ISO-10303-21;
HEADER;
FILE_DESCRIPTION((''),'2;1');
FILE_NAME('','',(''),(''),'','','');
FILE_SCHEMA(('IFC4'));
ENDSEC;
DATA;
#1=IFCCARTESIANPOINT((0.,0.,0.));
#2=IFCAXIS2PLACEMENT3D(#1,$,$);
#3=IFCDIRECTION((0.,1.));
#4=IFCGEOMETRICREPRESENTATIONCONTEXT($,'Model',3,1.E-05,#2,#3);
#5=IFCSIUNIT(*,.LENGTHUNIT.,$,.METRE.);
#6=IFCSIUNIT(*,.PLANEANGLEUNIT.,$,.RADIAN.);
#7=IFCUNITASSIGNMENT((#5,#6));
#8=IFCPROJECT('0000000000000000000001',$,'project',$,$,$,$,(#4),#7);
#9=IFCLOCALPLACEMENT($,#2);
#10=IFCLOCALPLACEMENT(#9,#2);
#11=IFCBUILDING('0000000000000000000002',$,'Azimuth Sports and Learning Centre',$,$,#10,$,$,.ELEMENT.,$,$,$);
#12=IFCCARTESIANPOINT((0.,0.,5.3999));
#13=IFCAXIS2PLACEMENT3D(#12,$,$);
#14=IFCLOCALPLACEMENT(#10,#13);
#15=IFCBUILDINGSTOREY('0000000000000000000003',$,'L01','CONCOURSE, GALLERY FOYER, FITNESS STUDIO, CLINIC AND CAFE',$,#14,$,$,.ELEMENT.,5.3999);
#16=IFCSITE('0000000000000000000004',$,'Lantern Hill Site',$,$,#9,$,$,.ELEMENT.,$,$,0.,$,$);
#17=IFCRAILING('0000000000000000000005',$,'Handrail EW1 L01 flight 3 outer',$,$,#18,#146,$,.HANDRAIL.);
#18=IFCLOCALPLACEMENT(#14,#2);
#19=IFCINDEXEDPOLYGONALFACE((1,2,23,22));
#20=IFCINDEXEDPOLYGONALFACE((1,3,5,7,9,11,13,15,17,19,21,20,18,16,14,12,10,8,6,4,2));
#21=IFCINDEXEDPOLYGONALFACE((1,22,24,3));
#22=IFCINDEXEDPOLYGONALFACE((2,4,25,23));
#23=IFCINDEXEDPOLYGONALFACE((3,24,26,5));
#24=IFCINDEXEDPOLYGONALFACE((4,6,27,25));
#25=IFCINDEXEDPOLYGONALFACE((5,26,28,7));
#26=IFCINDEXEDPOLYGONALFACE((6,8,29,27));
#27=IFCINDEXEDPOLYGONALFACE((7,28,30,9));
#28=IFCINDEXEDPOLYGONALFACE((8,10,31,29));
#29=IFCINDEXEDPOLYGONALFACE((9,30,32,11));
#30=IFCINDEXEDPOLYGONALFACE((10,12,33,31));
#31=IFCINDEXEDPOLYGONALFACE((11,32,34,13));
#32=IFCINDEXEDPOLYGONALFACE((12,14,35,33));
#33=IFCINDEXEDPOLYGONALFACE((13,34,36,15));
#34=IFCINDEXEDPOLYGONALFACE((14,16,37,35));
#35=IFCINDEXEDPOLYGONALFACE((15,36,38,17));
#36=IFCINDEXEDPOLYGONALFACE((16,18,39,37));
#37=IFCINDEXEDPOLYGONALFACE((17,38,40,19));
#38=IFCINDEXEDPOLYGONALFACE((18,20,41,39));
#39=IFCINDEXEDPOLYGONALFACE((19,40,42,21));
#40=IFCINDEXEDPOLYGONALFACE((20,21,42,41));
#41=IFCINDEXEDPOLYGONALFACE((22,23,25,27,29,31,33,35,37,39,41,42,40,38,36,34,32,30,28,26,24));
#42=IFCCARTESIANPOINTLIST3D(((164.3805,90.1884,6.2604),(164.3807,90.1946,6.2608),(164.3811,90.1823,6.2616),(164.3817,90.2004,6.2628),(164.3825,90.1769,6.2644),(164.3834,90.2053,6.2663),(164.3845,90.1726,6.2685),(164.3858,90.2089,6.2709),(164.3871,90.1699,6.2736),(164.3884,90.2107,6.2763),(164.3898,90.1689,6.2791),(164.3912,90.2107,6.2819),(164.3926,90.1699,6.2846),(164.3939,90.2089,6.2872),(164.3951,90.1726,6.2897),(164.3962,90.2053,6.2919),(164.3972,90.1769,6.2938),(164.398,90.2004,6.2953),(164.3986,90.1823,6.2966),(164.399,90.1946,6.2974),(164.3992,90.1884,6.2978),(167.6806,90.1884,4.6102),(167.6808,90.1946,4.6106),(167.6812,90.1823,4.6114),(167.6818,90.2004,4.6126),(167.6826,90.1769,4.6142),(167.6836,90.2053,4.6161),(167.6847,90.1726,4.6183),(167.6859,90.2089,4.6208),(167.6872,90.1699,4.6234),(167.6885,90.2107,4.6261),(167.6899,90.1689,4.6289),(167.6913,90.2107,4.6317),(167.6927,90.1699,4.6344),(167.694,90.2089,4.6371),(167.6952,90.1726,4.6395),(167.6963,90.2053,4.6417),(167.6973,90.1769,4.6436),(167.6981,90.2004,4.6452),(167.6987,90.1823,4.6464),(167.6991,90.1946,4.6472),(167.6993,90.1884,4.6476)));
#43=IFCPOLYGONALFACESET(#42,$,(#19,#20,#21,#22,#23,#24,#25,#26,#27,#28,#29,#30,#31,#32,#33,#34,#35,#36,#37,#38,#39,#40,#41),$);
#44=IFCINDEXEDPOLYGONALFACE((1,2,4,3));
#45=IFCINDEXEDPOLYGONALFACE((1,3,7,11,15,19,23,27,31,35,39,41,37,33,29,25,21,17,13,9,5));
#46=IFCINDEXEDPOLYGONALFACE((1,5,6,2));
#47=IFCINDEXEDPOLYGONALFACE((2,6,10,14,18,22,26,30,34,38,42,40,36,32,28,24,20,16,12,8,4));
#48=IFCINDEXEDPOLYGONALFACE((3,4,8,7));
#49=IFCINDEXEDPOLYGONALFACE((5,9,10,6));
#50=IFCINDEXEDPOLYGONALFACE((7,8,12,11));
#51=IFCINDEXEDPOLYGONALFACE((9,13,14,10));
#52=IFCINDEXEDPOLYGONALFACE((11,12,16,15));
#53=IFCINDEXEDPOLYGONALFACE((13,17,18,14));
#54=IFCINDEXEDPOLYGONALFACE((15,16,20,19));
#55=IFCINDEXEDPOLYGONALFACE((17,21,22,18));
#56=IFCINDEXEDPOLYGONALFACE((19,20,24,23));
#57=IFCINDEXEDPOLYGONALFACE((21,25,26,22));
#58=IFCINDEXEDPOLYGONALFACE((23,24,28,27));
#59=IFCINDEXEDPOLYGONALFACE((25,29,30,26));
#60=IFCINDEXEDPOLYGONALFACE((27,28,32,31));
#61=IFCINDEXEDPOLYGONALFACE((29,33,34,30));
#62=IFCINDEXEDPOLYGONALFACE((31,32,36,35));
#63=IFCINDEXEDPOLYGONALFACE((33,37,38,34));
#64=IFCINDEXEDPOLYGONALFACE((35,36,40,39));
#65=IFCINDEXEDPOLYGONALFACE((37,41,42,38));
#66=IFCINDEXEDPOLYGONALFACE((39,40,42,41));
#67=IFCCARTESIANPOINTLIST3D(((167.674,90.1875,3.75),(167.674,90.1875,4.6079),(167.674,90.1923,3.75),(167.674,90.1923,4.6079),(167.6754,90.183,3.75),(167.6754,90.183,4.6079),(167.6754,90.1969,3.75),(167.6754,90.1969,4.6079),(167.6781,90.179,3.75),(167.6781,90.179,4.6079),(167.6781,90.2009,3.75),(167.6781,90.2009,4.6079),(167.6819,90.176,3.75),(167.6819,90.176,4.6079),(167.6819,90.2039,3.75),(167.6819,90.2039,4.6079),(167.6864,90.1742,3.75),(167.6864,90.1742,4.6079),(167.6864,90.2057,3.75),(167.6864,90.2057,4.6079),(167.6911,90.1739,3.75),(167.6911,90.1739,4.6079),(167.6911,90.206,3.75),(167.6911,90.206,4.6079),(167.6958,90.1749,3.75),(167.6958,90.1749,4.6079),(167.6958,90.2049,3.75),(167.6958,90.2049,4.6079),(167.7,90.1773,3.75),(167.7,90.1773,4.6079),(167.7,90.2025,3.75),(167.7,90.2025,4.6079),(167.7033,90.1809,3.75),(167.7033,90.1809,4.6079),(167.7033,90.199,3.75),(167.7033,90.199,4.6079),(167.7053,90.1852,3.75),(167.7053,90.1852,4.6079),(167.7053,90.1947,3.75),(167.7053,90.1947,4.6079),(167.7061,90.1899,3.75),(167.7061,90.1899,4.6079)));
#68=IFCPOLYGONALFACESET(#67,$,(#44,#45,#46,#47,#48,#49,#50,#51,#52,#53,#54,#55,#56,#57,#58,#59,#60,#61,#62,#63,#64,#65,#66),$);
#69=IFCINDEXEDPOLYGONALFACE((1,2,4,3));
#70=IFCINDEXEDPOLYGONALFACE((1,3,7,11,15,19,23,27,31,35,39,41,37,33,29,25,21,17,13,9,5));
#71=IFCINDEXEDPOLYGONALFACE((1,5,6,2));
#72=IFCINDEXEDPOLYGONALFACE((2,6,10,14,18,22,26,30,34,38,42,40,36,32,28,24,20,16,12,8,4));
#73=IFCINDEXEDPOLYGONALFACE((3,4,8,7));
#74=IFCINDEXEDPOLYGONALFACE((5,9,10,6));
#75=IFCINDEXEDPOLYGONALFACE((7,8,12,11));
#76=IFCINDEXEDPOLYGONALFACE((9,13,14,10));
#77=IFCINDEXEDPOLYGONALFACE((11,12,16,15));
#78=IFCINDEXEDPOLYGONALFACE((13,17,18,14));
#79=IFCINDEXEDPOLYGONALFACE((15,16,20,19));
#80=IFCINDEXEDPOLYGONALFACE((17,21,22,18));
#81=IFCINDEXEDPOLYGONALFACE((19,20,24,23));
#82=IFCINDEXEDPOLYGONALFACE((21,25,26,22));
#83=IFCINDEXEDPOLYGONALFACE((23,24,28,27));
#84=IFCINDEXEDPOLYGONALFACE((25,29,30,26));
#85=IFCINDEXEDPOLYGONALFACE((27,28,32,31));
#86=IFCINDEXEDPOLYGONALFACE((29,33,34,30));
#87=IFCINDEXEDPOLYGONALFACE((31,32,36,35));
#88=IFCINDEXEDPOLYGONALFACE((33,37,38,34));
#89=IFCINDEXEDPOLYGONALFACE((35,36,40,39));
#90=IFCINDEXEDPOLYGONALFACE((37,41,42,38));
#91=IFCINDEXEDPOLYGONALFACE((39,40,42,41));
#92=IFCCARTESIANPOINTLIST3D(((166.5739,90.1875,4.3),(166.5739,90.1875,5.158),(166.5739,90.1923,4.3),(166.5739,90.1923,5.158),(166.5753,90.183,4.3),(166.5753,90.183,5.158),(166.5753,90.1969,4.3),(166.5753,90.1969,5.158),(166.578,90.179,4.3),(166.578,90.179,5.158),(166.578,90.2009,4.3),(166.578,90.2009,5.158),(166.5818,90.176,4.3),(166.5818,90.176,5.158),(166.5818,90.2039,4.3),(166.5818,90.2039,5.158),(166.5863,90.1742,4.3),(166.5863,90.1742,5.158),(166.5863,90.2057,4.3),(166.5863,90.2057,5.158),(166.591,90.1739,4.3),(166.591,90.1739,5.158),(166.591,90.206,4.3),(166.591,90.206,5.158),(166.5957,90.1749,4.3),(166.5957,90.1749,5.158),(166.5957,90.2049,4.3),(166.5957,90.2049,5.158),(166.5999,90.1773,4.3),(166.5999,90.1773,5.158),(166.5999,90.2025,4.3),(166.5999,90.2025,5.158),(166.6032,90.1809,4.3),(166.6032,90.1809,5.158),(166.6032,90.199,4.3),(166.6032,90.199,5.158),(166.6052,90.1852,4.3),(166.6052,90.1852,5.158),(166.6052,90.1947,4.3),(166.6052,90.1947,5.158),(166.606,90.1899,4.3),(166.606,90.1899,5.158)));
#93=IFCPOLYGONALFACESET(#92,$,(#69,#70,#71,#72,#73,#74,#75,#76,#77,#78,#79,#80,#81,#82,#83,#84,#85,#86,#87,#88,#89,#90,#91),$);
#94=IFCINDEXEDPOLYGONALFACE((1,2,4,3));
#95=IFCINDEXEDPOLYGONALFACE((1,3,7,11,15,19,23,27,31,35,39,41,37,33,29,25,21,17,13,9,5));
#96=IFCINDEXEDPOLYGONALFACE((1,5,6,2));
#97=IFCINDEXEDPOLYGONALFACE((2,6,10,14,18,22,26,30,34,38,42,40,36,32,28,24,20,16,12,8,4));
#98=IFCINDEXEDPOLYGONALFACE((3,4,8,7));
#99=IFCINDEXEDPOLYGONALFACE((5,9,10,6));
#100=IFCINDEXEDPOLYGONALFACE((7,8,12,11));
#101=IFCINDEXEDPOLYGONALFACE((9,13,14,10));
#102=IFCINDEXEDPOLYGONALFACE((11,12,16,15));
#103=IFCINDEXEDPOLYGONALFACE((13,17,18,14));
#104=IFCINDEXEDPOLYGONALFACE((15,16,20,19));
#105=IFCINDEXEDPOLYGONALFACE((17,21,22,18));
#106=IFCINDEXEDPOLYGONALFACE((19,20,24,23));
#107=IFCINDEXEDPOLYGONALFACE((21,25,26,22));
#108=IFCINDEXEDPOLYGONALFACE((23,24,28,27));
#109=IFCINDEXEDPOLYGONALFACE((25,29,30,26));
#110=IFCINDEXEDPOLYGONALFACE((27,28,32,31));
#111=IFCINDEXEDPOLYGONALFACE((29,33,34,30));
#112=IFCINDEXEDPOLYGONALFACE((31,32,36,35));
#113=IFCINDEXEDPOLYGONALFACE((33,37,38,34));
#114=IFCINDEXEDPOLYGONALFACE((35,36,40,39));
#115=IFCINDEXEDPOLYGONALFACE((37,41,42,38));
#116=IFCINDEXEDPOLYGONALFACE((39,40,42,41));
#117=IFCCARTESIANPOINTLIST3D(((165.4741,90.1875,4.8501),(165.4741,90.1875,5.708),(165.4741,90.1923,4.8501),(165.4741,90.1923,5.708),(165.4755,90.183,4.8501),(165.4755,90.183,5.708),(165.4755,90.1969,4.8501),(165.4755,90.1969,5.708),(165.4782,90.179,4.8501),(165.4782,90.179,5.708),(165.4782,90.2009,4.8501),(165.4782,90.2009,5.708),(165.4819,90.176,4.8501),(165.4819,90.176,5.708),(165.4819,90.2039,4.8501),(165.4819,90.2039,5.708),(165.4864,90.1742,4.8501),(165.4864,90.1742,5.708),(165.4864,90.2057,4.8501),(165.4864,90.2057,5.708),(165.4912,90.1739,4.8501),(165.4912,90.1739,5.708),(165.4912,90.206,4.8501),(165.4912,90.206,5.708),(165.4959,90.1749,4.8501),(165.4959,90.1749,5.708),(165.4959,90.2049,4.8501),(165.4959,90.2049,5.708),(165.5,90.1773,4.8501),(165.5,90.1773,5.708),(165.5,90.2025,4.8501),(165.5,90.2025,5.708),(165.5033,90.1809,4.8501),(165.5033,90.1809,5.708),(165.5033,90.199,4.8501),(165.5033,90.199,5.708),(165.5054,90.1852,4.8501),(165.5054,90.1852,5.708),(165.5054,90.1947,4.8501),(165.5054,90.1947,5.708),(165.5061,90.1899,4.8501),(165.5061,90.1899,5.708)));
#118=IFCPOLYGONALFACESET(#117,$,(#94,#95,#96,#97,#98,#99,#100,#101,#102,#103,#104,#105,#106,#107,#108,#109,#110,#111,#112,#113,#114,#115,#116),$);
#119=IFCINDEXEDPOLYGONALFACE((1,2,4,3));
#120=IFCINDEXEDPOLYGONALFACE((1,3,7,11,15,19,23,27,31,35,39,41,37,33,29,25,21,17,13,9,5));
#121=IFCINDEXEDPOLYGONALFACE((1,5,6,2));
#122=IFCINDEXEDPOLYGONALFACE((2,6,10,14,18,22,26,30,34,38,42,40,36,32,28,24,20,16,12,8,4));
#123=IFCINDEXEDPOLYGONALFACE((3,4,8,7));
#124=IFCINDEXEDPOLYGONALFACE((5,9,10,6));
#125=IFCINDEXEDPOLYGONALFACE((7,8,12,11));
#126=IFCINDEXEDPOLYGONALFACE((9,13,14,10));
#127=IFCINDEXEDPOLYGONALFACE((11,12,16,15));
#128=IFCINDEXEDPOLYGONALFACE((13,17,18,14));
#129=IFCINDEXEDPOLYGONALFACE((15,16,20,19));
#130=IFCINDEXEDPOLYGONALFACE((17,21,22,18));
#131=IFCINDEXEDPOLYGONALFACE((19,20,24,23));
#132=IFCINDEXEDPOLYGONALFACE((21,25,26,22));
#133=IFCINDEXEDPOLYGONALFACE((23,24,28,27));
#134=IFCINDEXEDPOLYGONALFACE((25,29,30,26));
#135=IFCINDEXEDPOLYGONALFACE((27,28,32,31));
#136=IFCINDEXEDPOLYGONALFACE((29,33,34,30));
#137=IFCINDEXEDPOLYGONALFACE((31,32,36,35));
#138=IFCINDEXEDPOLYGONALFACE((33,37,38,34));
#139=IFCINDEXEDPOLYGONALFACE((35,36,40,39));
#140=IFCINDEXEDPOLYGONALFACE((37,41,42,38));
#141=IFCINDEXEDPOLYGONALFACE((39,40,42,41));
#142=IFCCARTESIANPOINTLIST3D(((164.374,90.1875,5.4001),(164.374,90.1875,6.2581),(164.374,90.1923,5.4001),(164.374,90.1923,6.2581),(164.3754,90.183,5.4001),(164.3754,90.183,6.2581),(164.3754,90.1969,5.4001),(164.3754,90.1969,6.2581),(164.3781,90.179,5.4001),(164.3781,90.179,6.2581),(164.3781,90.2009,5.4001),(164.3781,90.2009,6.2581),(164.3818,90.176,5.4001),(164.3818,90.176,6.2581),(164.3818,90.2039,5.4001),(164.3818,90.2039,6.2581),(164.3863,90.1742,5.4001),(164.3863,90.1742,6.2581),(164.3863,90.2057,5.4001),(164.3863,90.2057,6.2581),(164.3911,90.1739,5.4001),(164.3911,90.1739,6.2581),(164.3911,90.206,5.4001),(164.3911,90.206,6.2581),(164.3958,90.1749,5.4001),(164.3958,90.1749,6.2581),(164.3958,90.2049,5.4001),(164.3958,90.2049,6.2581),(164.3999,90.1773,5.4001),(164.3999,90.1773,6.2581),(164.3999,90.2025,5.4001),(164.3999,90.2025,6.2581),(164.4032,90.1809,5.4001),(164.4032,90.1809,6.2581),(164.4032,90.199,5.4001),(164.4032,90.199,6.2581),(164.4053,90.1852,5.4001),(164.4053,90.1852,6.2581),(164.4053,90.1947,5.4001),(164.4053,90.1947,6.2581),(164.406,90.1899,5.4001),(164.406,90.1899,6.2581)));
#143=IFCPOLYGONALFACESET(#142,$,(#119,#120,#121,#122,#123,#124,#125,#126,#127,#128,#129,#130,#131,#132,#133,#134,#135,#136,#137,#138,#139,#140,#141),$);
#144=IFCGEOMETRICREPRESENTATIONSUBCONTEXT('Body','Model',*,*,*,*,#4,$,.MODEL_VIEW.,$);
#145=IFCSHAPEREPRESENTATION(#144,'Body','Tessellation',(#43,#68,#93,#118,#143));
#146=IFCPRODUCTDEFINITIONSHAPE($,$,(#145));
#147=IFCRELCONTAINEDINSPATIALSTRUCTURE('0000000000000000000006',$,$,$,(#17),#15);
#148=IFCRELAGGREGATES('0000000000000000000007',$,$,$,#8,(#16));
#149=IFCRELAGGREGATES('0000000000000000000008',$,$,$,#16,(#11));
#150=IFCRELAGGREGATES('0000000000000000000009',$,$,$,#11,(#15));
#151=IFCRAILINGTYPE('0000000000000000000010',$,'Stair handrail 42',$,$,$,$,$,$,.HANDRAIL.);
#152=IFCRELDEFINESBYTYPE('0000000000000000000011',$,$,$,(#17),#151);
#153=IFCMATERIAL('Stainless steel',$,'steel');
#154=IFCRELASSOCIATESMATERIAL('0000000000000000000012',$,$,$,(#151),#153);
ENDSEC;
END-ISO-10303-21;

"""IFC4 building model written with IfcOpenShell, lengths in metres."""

from ifc_helpers import new_model, si_unit, direction, frame, origin, origin_2d, place, context, subcontext, project, spatial, circle, extrude, material, type_object, element, save


model = new_model("IFC4")

# Units and contexts
model_context = context("Model", 3, precision=1e-05, world=origin(), true_north=direction((0.0, 1.0)))
body_context = subcontext(model_context, "Body", "Model", "MODEL_VIEW")
ifc_project = project(units=[si_unit("LENGTHUNIT", "METRE"), si_unit("PLANEANGLEUNIT", "RADIAN")], contexts=[model_context])

# Site, building, storey
site_placement = place(None, origin())
site = spatial("IfcSite", under=ifc_project, at=site_placement, Name="Lantern Hill Site", CompositionType="ELEMENT", RefElevation=0.0)
building_placement = place(site_placement, origin())
building = spatial("IfcBuilding", under=site, at=building_placement, Name="Azimuth Sports and Learning Centre", CompositionType="ELEMENT")
storey_placement = place(building_placement, frame((0.0, 0.0, 5.3999)))
storey = spatial("IfcBuildingStorey", under=building, at=storey_placement, Name="L01", Description="CONCOURSE, GALLERY FOYER, FITNESS STUDIO, CLINIC AND CAFE", CompositionType="ELEMENT", Elevation=5.3999)

# Railing
ifc_material_1 = material(Name="Stainless steel", Category="steel")
railing_type = type_object("IfcRailingType", Name="Stair handrail 42", PredefinedType="HANDRAIL", material=ifc_material_1)
for number, where, name in (
    (1, (167.6899, 90.1899, 3.75), "Handrail EW1 L01 flight 3 outer"),
):
    element("IfcRailing", number, at=place(storey_placement, frame(where)), inside=storey, type_object=railing_type, Name=name, PredefinedType="HANDRAIL", context=body_context, shape_type="SweptSolid", body=[
        extrude(circle(Radius=0.021, at=origin_2d()), frame((0.0, 0.0, 0.8789), z_axis=(-0.894414, 0.0, 0.44724), x_axis=(0.0, -1.0, 0.0)), (0.0, 0.0, 1.0), 3.6897),
        extrude(circle(Radius=0.0161, at=origin_2d()), origin(), (0.0, 0.0, 1.0), 0.8579),
        extrude(circle(Radius=0.0161, at=origin_2d()), frame((-1.1001, 0.0, 0.55)), (0.0, 0.0, 1.0), 0.8579),
        extrude(circle(Radius=0.0161, at=origin_2d()), frame((-2.2, 0.0, 1.1001)), (0.0, 0.0, 1.0), 0.8579),
        extrude(circle(Radius=0.0161, at=origin_2d()), frame((-3.3, 0.0, 1.6501)), (0.0, 0.0, 1.0), 0.8579),
    ])

save(model, "model.ifc")
